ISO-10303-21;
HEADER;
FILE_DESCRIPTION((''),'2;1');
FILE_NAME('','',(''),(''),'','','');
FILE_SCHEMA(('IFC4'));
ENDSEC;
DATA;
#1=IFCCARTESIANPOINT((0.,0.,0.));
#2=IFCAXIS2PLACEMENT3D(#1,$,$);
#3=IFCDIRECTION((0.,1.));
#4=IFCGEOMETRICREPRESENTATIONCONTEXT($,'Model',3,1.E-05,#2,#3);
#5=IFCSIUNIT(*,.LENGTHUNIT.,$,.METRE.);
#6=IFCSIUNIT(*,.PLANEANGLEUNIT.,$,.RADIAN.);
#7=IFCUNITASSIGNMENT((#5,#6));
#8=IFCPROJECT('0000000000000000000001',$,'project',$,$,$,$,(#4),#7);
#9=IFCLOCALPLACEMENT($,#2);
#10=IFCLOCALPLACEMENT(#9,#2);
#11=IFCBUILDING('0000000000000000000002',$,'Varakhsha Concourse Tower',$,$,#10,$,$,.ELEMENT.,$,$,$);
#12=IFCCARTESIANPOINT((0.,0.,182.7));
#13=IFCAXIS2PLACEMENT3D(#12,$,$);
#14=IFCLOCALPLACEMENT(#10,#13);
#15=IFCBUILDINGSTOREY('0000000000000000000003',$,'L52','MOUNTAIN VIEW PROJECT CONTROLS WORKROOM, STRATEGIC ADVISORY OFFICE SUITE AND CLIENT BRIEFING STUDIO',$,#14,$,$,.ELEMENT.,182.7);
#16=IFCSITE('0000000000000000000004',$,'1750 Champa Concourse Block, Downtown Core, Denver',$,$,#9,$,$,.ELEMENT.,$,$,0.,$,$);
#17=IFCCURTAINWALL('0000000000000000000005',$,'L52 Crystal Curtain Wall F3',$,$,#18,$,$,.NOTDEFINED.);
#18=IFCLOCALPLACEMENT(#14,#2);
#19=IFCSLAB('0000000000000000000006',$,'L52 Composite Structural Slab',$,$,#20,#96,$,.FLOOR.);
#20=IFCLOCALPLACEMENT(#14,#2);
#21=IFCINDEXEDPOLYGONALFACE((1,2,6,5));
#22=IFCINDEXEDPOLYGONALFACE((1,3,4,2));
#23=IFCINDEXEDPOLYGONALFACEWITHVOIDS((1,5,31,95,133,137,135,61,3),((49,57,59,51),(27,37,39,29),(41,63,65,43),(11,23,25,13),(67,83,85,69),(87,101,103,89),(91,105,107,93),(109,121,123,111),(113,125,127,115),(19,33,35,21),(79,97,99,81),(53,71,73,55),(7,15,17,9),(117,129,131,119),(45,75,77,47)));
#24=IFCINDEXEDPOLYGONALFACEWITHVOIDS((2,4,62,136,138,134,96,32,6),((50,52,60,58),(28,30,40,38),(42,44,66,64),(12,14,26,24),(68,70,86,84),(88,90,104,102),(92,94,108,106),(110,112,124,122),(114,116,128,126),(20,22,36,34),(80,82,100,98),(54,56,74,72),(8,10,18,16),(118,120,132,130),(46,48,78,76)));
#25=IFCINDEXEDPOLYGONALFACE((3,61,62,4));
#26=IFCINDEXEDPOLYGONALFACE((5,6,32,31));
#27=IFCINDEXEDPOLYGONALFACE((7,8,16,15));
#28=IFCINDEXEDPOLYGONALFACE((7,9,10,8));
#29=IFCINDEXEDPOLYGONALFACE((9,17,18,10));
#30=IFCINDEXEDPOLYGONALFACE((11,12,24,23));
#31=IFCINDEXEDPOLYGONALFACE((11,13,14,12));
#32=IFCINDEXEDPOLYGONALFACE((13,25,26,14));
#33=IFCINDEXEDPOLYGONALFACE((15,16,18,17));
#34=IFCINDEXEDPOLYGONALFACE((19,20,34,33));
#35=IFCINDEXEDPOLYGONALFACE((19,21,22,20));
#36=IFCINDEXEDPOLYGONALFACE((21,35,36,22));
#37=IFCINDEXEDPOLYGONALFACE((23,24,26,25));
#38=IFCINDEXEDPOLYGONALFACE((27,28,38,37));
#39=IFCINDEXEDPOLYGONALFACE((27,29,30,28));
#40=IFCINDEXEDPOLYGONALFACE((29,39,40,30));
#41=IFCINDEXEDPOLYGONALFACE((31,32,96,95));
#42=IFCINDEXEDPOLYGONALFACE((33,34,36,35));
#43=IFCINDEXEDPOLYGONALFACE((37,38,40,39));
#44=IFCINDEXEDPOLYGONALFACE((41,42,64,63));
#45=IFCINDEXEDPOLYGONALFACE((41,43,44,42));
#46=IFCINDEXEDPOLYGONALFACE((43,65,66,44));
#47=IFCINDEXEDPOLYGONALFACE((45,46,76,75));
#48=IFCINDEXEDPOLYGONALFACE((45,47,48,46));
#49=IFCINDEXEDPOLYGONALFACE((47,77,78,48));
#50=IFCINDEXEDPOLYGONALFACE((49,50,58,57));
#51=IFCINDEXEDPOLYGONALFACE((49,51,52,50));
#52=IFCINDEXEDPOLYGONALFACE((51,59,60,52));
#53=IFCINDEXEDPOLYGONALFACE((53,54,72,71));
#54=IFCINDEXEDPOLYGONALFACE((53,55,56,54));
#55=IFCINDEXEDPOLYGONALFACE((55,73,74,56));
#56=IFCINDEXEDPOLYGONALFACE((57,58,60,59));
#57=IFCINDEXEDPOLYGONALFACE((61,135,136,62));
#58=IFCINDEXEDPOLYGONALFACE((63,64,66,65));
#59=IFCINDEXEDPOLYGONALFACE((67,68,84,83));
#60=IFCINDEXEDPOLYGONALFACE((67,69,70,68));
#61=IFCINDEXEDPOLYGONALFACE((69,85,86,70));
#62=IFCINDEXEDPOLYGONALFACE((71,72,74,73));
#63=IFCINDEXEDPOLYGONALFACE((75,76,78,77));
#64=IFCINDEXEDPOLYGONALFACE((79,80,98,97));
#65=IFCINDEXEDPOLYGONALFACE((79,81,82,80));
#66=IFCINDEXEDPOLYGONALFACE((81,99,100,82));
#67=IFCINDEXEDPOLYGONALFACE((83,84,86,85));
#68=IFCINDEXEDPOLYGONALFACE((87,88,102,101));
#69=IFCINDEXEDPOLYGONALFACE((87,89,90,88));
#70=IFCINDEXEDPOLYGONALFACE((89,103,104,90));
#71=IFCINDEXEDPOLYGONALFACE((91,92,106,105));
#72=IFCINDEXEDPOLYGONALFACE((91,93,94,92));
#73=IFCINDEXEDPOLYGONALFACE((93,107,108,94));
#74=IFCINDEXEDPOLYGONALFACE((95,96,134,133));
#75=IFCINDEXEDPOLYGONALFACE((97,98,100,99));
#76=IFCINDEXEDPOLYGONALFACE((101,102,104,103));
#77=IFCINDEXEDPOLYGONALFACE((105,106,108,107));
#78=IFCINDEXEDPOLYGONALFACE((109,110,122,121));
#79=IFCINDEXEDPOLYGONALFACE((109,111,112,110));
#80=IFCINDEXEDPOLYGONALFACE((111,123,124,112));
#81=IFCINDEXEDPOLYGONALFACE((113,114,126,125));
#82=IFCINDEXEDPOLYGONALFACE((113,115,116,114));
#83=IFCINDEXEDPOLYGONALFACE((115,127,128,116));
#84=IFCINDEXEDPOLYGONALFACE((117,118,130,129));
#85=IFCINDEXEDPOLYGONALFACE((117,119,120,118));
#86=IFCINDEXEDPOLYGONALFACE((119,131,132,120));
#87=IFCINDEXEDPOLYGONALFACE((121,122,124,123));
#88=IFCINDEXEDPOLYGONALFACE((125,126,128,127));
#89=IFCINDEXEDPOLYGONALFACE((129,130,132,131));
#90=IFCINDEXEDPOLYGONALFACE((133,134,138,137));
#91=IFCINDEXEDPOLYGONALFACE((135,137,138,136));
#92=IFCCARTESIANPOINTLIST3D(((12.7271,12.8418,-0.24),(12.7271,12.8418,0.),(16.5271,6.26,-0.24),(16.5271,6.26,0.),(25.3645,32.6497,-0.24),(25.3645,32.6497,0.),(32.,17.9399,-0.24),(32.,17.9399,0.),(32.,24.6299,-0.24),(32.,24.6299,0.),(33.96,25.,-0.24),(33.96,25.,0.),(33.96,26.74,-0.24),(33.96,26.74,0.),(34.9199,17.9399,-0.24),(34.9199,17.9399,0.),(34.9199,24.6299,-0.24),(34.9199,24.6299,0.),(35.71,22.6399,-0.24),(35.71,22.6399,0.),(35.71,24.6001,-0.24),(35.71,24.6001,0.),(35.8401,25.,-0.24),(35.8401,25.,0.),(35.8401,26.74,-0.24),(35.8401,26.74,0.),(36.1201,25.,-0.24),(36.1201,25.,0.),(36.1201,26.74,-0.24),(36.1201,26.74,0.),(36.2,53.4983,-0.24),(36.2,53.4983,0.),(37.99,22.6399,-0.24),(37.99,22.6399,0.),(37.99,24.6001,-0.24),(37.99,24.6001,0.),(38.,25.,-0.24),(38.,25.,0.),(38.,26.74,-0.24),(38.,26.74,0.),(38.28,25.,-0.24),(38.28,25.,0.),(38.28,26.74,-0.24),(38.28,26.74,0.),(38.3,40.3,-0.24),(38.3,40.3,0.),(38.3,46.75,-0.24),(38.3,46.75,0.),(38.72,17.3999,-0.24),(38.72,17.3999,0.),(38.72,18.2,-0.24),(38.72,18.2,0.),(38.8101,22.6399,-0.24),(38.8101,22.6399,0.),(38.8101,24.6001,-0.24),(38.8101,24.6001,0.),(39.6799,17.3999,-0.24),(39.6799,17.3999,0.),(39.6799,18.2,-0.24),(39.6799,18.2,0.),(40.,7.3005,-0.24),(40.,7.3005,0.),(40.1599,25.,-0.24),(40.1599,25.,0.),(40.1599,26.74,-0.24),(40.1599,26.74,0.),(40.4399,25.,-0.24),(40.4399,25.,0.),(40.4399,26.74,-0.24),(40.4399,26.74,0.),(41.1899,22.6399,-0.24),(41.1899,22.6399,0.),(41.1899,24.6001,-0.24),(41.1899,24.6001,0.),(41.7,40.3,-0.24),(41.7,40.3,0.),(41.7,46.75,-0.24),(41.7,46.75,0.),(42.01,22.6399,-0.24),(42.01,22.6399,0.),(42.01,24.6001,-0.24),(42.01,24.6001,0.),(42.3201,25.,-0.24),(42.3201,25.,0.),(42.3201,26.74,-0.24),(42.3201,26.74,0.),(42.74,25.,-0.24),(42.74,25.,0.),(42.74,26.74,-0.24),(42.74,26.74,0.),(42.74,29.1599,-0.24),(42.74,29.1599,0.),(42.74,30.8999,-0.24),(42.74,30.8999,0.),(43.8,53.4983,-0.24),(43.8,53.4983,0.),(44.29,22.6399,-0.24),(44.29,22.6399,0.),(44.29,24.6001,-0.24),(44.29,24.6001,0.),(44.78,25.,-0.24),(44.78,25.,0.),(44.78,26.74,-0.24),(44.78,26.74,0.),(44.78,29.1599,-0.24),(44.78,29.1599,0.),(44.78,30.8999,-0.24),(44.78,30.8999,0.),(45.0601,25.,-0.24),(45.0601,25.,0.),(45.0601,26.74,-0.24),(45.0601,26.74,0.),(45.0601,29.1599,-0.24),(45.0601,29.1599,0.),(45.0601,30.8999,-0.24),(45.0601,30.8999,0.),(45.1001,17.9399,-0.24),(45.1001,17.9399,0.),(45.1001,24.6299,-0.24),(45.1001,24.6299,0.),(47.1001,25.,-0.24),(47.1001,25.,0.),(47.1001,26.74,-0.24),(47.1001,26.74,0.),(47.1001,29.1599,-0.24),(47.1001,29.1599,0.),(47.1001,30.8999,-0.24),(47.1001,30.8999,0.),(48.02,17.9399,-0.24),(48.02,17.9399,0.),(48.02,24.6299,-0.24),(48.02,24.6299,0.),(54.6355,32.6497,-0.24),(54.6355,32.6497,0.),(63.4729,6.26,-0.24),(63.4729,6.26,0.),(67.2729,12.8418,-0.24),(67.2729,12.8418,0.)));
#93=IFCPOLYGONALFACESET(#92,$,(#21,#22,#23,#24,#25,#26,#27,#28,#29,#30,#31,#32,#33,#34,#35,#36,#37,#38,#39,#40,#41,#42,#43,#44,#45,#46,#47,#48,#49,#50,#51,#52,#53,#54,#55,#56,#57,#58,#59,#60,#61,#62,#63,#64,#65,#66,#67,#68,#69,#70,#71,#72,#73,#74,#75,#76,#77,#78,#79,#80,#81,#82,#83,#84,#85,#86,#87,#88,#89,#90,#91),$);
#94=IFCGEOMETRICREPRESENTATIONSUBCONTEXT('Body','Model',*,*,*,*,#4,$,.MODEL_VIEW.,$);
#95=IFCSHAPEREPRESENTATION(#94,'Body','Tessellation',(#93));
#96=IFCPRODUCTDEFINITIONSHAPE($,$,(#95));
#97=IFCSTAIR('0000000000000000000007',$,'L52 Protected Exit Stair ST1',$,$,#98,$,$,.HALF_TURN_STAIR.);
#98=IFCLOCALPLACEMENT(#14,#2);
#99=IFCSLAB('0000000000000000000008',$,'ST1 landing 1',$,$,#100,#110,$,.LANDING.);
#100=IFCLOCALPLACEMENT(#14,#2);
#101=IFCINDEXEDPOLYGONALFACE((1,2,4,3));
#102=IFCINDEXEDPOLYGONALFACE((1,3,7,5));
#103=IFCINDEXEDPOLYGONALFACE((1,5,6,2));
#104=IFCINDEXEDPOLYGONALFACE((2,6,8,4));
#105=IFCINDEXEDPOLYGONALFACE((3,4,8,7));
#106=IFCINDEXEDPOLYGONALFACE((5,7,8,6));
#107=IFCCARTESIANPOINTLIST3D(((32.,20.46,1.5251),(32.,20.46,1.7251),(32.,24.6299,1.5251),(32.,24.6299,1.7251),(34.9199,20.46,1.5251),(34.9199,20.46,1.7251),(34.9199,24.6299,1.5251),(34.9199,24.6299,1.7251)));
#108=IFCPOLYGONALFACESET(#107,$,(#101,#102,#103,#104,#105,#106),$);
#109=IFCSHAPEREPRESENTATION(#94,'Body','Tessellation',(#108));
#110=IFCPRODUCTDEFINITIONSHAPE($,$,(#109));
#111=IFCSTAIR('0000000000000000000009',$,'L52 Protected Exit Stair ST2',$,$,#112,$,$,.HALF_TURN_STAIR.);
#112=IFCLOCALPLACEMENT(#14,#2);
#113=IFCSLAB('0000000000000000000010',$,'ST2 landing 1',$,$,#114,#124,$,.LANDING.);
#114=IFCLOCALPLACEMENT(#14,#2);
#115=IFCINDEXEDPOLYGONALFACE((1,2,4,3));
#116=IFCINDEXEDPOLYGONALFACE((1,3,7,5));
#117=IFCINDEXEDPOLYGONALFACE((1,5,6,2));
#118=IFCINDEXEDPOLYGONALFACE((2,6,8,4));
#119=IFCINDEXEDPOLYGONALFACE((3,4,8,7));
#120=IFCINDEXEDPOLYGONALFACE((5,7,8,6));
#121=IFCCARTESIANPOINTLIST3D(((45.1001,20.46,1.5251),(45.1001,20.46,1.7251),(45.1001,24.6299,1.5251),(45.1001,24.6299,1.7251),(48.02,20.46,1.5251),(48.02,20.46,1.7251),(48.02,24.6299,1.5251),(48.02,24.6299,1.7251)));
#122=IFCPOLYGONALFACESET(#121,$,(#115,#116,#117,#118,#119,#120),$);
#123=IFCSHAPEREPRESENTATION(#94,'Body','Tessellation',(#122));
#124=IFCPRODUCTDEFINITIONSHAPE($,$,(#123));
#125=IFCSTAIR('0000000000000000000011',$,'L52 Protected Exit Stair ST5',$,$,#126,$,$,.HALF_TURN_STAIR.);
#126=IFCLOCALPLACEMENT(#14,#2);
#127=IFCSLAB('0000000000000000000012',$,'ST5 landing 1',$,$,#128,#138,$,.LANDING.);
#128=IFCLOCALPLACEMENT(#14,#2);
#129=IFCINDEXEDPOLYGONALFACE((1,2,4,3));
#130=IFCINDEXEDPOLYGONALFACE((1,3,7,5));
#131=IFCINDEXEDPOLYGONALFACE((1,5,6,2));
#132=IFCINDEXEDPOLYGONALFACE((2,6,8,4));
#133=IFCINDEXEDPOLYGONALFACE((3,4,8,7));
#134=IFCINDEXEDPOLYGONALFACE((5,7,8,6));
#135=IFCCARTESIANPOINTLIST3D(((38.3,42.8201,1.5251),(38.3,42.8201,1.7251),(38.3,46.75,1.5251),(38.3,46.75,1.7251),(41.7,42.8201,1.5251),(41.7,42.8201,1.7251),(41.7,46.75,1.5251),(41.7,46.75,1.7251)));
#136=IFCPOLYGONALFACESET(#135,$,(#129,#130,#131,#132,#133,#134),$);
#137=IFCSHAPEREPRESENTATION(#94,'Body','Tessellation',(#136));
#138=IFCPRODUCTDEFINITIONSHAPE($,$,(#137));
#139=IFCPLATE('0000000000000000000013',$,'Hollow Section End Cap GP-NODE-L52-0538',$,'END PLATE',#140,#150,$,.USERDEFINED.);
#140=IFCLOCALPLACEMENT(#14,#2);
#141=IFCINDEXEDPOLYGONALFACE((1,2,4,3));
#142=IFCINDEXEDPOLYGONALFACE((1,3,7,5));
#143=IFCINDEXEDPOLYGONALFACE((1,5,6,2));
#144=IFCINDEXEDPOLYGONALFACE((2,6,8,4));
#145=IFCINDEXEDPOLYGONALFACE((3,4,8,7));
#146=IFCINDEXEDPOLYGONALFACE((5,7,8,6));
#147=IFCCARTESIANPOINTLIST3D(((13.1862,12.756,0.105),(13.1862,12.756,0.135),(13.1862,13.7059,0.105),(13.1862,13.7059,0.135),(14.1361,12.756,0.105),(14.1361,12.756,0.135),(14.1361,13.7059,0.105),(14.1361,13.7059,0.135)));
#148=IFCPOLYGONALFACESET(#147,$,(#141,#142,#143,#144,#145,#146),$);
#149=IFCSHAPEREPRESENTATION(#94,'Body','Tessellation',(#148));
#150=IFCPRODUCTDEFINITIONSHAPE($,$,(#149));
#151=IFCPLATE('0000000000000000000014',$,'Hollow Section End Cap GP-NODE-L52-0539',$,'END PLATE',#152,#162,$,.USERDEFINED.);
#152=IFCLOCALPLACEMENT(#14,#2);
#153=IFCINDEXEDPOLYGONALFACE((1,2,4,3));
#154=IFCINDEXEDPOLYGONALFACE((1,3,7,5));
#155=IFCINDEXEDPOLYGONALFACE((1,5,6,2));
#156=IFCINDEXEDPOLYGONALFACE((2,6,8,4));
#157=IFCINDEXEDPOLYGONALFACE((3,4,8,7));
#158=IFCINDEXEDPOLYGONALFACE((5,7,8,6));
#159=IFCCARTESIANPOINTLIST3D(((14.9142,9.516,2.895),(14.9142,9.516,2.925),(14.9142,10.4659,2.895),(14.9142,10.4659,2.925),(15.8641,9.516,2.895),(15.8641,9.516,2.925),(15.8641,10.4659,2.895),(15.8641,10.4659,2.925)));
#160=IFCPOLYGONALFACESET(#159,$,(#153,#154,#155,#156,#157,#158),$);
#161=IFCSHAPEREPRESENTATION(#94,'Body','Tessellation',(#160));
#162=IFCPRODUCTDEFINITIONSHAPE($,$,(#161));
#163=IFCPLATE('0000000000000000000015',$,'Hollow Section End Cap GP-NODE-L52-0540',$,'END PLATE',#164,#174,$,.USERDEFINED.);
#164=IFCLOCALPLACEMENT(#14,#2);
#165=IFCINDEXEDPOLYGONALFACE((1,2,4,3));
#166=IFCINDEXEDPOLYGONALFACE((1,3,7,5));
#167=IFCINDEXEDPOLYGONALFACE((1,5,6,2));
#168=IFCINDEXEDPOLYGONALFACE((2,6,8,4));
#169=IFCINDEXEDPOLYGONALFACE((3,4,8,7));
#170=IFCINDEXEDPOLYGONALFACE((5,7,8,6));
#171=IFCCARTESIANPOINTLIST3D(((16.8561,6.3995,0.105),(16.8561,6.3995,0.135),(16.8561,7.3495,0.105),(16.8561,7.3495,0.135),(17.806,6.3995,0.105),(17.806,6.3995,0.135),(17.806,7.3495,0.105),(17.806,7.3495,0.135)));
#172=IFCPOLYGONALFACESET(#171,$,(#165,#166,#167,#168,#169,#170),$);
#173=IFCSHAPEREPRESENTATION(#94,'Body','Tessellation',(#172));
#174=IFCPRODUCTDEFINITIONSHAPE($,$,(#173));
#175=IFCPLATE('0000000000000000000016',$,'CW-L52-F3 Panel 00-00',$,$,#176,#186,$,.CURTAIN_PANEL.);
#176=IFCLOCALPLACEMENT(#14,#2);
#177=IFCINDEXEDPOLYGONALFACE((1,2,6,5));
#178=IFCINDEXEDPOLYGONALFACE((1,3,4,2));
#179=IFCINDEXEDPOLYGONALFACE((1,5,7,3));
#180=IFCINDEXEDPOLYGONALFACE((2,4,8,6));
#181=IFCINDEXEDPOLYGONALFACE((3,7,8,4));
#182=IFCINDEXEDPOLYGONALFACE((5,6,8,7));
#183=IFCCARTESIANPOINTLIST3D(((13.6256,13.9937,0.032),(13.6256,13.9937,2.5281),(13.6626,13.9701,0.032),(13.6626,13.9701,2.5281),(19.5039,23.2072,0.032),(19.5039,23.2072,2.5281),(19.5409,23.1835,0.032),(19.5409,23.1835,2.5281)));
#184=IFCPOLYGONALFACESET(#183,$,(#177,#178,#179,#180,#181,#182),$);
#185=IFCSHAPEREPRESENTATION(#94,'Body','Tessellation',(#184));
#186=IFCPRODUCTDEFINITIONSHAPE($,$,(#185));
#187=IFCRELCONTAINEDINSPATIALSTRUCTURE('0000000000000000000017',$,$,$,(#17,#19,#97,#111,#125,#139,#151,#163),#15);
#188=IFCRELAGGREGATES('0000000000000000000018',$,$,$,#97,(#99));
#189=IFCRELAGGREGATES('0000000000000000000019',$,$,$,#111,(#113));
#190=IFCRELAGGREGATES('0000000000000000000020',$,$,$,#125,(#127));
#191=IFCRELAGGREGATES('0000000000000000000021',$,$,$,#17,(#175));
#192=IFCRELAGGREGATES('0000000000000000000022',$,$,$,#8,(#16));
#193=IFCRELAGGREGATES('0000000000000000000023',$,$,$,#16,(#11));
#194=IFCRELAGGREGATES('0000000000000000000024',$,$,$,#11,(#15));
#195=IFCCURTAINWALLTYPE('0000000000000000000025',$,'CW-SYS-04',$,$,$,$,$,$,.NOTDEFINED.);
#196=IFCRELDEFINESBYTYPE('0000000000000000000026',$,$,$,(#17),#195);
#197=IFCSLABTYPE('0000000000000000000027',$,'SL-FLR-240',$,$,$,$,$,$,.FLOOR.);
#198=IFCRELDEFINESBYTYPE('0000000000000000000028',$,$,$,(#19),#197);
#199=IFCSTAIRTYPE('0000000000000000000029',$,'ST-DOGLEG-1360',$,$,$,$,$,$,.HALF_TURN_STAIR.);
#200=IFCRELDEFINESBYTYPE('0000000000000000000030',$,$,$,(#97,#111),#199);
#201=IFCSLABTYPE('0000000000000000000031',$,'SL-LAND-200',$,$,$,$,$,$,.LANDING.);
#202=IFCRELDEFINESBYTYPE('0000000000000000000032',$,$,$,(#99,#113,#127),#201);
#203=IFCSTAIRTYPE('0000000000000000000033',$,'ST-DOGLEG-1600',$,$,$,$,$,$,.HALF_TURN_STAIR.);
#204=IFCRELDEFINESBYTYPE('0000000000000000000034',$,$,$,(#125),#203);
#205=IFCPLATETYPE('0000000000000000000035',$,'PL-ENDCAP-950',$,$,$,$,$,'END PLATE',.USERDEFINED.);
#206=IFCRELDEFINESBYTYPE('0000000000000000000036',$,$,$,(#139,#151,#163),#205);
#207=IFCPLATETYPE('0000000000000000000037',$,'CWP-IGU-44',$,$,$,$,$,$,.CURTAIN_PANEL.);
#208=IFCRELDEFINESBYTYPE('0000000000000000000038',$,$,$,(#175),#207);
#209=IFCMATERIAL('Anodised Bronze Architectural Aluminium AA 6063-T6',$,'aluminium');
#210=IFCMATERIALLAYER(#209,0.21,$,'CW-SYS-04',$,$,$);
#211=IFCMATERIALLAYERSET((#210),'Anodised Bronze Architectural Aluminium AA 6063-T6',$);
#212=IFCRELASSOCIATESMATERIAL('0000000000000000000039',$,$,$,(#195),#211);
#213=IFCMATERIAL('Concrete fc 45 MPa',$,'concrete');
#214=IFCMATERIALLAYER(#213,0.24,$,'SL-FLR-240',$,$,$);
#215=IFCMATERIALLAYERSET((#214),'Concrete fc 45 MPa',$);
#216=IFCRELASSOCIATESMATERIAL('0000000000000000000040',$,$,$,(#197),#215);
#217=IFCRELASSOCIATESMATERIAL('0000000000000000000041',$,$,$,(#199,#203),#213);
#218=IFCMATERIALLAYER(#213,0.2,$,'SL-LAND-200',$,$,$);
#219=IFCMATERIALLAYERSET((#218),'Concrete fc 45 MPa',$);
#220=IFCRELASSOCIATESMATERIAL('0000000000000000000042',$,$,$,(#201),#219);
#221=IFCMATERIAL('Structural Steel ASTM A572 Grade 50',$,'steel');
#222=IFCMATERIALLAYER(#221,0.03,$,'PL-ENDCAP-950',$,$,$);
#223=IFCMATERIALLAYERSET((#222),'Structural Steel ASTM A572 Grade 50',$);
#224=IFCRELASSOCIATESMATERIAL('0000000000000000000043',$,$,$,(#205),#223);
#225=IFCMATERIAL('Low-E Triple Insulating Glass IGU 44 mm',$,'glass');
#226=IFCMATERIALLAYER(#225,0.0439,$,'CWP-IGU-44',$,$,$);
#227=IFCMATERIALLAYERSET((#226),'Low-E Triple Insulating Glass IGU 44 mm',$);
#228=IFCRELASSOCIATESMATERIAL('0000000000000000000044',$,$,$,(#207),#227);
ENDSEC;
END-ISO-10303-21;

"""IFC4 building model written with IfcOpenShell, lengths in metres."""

from ifc_helpers import new_model, si_unit, direction, frame, origin, origin_2d, place, context, subcontext, project, spatial, polyline, rectangle, outline, extrude, source, transform, mapped, material, layer, layer_set, type_object, type_shapes, element, aggregate, save


model = new_model("IFC4")

# Units and contexts
model_context = context("Model", 3, precision=1e-05, world=origin(), true_north=direction((0.0, 1.0)))
body_context = subcontext(model_context, "Body", "Model", "MODEL_VIEW")
ifc_project = project(units=[si_unit("LENGTHUNIT", "METRE"), si_unit("PLANEANGLEUNIT", "RADIAN")], contexts=[model_context])

# Site, building, storey
site_placement = place(None, origin())
site = spatial("IfcSite", under=ifc_project, at=site_placement, Name="1750 Champa Concourse Block, Downtown Core, Denver", CompositionType="ELEMENT", RefElevation=0.0)
building_placement = place(site_placement, origin())
building = spatial("IfcBuilding", under=site, at=building_placement, Name="Varakhsha Concourse Tower", CompositionType="ELEMENT")
storey_placement = place(building_placement, frame((0.0, 0.0, 182.7)))
storey = spatial("IfcBuildingStorey", under=building, at=storey_placement, Name="L52", Description="MOUNTAIN VIEW PROJECT CONTROLS WORKROOM, STRATEGIC ADVISORY OFFICE SUITE AND CLIENT BRIEFING STUDIO", CompositionType="ELEMENT", Elevation=182.7)

# Shared definitions
ifc_material_1 = material(Name="Structural Steel ASTM A572 Grade 50", Category="steel")

# Curtain wall
ifc_material_2 = material(Name="Anodised Bronze Architectural Aluminium AA 6063-T6", Category="aluminium")
ifc_layer_1 = layer(ifc_material_2, 0.21, Name="CW-SYS-04")
ifc_layer_set_1 = layer_set([ifc_layer_1], Name="Anodised Bronze Architectural Aluminium AA 6063-T6")
curtain_wall_type = type_object("IfcCurtainWallType", Name="CW-SYS-04", PredefinedType="NOTDEFINED", material=ifc_layer_set_1)
curtain_wall_1_placement = place(storey_placement, origin())
curtain_wall_1 = element("IfcCurtainWall", 1, at=curtain_wall_1_placement, inside=storey, type_object=curtain_wall_type, Name="L52 Crystal Curtain Wall F3", PredefinedType="NOTDEFINED")

# Slab
ifc_material_3 = material(Name="Concrete fc 45 MPa", Category="concrete")
ifc_layer_2 = layer(ifc_material_3, 0.24, Name="SL-FLR-240")
ifc_layer_set_2 = layer_set([ifc_layer_2], Name="Concrete fc 45 MPa")
slab_type_1 = type_object("IfcSlabType", Name="SL-FLR-240", PredefinedType="FLOOR", material=ifc_layer_set_2)
slab_1_placement = place(storey_placement, frame((0.0, 0.0, -0.24)))
element("IfcSlab", 2, at=slab_1_placement, inside=storey, type_object=slab_type_1, Name="L52 Composite Structural Slab", PredefinedType="FLOOR", context=body_context, shape_type="SweptSolid", body=[
    extrude(outline(polyline([(43.8, 53.4983), (36.2, 53.4983), (25.3645, 32.6497), (12.7271, 12.8418), (16.5271, 6.26), (40.0, 7.3005), (63.4729, 6.26), (67.2729, 12.8418), (54.6355, 32.6497), (43.8, 53.4983)]), holes=[polyline([(34.9199, 17.9399), (34.9199, 24.6299), (32.0, 24.6299), (32.0, 17.9399), (34.9199, 17.9399)]), polyline([(48.02, 17.9399), (48.02, 24.6299), (45.1001, 24.6299), (45.1001, 17.9399), (48.02, 17.9399)]), polyline([(41.7, 40.3), (41.7, 46.75), (38.3, 46.75), (38.3, 40.3), (41.7, 40.3)]), polyline([(33.96, 25.0), (35.8401, 25.0), (35.8401, 26.74), (33.96, 26.74), (33.96, 25.0)]), polyline([(36.1201, 25.0), (38.0, 25.0), (38.0, 26.74), (36.1201, 26.74), (36.1201, 25.0)]), polyline([(38.28, 25.0), (40.1599, 25.0), (40.1599, 26.74), (38.28, 26.74), (38.28, 25.0)]), polyline([(40.4399, 25.0), (42.3201, 25.0), (42.3201, 26.74), (40.4399, 26.74), (40.4399, 25.0)]), polyline([(42.74, 29.1599), (44.78, 29.1599), (44.78, 30.8999), (42.74, 30.8999), (42.74, 29.1599)]), polyline([(45.0601, 29.1599), (47.1001, 29.1599), (47.1001, 30.8999), (45.0601, 30.8999), (45.0601, 29.1599)]), polyline([(42.74, 25.0), (44.78, 25.0), (44.78, 26.74), (42.74, 26.74), (42.74, 25.0)]), polyline([(45.0601, 25.0), (47.1001, 25.0), (47.1001, 26.74), (45.0601, 26.74), (45.0601, 25.0)]), polyline([(35.71, 22.6399), (37.99, 22.6399), (37.99, 24.6001), (35.71, 24.6001), (35.71, 22.6399)]), polyline([(42.01, 22.6399), (44.29, 22.6399), (44.29, 24.6001), (42.01, 24.6001), (42.01, 22.6399)]), polyline([(38.8101, 22.6399), (41.1899, 22.6399), (41.1899, 24.6001), (38.8101, 24.6001), (38.8101, 22.6399)]), polyline([(38.72, 17.3999), (39.6799, 17.3999), (39.6799, 18.2), (38.72, 18.2), (38.72, 17.3999)])]), origin(), (0.0, 0.0, 1.0), 0.24),
])

# Stairs, slabs
stair_type_1 = type_object("IfcStairType", Name="ST-DOGLEG-1360", PredefinedType="HALF_TURN_STAIR", material=ifc_material_3)
stair_1_placement = place(storey_placement, origin())
stair_1 = element("IfcStair", 3, at=stair_1_placement, inside=storey, type_object=stair_type_1, Name="L52 Protected Exit Stair ST1", PredefinedType="HALF_TURN_STAIR")
ifc_layer_3 = layer(ifc_material_3, 0.2, Name="SL-LAND-200")
ifc_layer_set_3 = layer_set([ifc_layer_3], Name="Concrete fc 45 MPa")
slab_type_2 = type_object("IfcSlabType", Name="SL-LAND-200", PredefinedType="LANDING", material=ifc_layer_set_3)
slab_2_placement = place(storey_placement, frame((0.0, 0.0, 1.5251)))
slab_2 = element("IfcSlab", 4, at=slab_2_placement, type_object=slab_type_2, Name="ST1 landing 1", PredefinedType="LANDING", context=body_context, shape_type="SweptSolid", body=[
    extrude(outline(polyline([(34.9199, 20.46), (34.9199, 24.6299), (32.0, 24.6299), (32.0, 20.46), (34.9199, 20.46)])), origin(), (0.0, 0.0, 1.0), 0.2),
])
aggregate(stair_1, [slab_2])
stair_2_placement = place(storey_placement, origin())
stair_2 = element("IfcStair", 5, at=stair_2_placement, inside=storey, type_object=stair_type_1, Name="L52 Protected Exit Stair ST2", PredefinedType="HALF_TURN_STAIR")
slab_3_placement = place(storey_placement, frame((0.0, 0.0, 1.5251)))
slab_3 = element("IfcSlab", 6, at=slab_3_placement, type_object=slab_type_2, Name="ST2 landing 1", PredefinedType="LANDING", context=body_context, shape_type="SweptSolid", body=[
    extrude(outline(polyline([(48.02, 20.46), (48.02, 24.6299), (45.1001, 24.6299), (45.1001, 20.46), (48.02, 20.46)])), origin(), (0.0, 0.0, 1.0), 0.2),
])
aggregate(stair_2, [slab_3])
stair_type_2 = type_object("IfcStairType", Name="ST-DOGLEG-1600", PredefinedType="HALF_TURN_STAIR", material=ifc_material_3)
stair_3_placement = place(storey_placement, origin())
stair_3 = element("IfcStair", 7, at=stair_3_placement, inside=storey, type_object=stair_type_2, Name="L52 Protected Exit Stair ST5", PredefinedType="HALF_TURN_STAIR")
slab_4_placement = place(storey_placement, frame((0.0, 0.0, 1.5251)))
slab_4 = element("IfcSlab", 8, at=slab_4_placement, type_object=slab_type_2, Name="ST5 landing 1", PredefinedType="LANDING", context=body_context, shape_type="SweptSolid", body=[
    extrude(outline(polyline([(41.7, 42.8201), (41.7, 46.75), (38.3, 46.75), (38.3, 42.8201), (41.7, 42.8201)])), origin(), (0.0, 0.0, 1.0), 0.2),
])
aggregate(stair_3, [slab_4])

# Plates
ifc_layer_4 = layer(ifc_material_1, 0.03, Name="PL-ENDCAP-950")
ifc_layer_set_4 = layer_set([ifc_layer_4], Name="Structural Steel ASTM A572 Grade 50")
plate_type_1 = type_object("IfcPlateType", Name="PL-ENDCAP-950", ElementType="END PLATE", PredefinedType="USERDEFINED", material=ifc_layer_set_4)
shared_shape_1 = source(origin(), body_context, "Body", "SweptSolid", [
    extrude(rectangle(XDim=0.95, YDim=0.95, at=origin_2d()), origin(), (0.0, 0.0, 1.0), 0.03),
])
type_shapes(plate_type_1, [shared_shape_1])
for number, where, z_axis, x_axis, name in (
    (9, (13.6611, 13.231, 0.105), (0.0, 0.0, 1.0), (1.0, 0.0, 0.0), "Hollow Section End Cap GP-NODE-L52-0538"),
    (10, (15.3892, 9.991, 2.895), (0.0, 0.0, 1.0), (1.0, 0.0, 0.0), "Hollow Section End Cap GP-NODE-L52-0539"),
    (11, (17.3311, 6.8745, 0.105), (0.0, 0.0, 1.0), (1.0, 0.0, 0.0), "Hollow Section End Cap GP-NODE-L52-0540"),
):
    element("IfcPlate", number, at=place(storey_placement, frame(where, z_axis=z_axis, x_axis=x_axis)), inside=storey, type_object=plate_type_1, Name=name, ObjectType="END PLATE", PredefinedType="USERDEFINED", context=body_context, shape_type="MappedRepresentation", body=[
        mapped(shared_shape_1, transform((0.0, 0.0, 0.0), scale=1.0)),
    ])

# Plate
ifc_material_4 = material(Name="Low-E Triple Insulating Glass IGU 44 mm", Category="glass")
ifc_layer_5 = layer(ifc_material_4, 0.0439, Name="CWP-IGU-44")
ifc_layer_set_5 = layer_set([ifc_layer_5], Name="Low-E Triple Insulating Glass IGU 44 mm")
plate_type_2 = type_object("IfcPlateType", Name="CWP-IGU-44", PredefinedType="CURTAIN_PANEL", material=ifc_layer_set_5)
shared_shape_2 = source(origin(), body_context, "Body", "SweptSolid", [
    extrude(rectangle(XDim=10.929, YDim=0.0439, at=origin_2d()), origin(), (0.0, 0.0, 1.0), 2.4961),
])
plate_1_placement = place(storey_placement, frame((16.5833, 18.5886, 0.032), z_axis=(0.0, 0.0, 1.0), x_axis=(0.537863, 0.843032, 0.0)))
plate_1 = element("IfcPlate", 12, at=plate_1_placement, type_object=plate_type_2, Name="CW-L52-F3 Panel 00-00", PredefinedType="CURTAIN_PANEL", context=body_context, shape_type="MappedRepresentation", body=[
    mapped(shared_shape_2, transform((0.0, 0.0, 0.0), scale=1.0)),
])
aggregate(curtain_wall_1, [plate_1])

save(model, "model.ifc")
